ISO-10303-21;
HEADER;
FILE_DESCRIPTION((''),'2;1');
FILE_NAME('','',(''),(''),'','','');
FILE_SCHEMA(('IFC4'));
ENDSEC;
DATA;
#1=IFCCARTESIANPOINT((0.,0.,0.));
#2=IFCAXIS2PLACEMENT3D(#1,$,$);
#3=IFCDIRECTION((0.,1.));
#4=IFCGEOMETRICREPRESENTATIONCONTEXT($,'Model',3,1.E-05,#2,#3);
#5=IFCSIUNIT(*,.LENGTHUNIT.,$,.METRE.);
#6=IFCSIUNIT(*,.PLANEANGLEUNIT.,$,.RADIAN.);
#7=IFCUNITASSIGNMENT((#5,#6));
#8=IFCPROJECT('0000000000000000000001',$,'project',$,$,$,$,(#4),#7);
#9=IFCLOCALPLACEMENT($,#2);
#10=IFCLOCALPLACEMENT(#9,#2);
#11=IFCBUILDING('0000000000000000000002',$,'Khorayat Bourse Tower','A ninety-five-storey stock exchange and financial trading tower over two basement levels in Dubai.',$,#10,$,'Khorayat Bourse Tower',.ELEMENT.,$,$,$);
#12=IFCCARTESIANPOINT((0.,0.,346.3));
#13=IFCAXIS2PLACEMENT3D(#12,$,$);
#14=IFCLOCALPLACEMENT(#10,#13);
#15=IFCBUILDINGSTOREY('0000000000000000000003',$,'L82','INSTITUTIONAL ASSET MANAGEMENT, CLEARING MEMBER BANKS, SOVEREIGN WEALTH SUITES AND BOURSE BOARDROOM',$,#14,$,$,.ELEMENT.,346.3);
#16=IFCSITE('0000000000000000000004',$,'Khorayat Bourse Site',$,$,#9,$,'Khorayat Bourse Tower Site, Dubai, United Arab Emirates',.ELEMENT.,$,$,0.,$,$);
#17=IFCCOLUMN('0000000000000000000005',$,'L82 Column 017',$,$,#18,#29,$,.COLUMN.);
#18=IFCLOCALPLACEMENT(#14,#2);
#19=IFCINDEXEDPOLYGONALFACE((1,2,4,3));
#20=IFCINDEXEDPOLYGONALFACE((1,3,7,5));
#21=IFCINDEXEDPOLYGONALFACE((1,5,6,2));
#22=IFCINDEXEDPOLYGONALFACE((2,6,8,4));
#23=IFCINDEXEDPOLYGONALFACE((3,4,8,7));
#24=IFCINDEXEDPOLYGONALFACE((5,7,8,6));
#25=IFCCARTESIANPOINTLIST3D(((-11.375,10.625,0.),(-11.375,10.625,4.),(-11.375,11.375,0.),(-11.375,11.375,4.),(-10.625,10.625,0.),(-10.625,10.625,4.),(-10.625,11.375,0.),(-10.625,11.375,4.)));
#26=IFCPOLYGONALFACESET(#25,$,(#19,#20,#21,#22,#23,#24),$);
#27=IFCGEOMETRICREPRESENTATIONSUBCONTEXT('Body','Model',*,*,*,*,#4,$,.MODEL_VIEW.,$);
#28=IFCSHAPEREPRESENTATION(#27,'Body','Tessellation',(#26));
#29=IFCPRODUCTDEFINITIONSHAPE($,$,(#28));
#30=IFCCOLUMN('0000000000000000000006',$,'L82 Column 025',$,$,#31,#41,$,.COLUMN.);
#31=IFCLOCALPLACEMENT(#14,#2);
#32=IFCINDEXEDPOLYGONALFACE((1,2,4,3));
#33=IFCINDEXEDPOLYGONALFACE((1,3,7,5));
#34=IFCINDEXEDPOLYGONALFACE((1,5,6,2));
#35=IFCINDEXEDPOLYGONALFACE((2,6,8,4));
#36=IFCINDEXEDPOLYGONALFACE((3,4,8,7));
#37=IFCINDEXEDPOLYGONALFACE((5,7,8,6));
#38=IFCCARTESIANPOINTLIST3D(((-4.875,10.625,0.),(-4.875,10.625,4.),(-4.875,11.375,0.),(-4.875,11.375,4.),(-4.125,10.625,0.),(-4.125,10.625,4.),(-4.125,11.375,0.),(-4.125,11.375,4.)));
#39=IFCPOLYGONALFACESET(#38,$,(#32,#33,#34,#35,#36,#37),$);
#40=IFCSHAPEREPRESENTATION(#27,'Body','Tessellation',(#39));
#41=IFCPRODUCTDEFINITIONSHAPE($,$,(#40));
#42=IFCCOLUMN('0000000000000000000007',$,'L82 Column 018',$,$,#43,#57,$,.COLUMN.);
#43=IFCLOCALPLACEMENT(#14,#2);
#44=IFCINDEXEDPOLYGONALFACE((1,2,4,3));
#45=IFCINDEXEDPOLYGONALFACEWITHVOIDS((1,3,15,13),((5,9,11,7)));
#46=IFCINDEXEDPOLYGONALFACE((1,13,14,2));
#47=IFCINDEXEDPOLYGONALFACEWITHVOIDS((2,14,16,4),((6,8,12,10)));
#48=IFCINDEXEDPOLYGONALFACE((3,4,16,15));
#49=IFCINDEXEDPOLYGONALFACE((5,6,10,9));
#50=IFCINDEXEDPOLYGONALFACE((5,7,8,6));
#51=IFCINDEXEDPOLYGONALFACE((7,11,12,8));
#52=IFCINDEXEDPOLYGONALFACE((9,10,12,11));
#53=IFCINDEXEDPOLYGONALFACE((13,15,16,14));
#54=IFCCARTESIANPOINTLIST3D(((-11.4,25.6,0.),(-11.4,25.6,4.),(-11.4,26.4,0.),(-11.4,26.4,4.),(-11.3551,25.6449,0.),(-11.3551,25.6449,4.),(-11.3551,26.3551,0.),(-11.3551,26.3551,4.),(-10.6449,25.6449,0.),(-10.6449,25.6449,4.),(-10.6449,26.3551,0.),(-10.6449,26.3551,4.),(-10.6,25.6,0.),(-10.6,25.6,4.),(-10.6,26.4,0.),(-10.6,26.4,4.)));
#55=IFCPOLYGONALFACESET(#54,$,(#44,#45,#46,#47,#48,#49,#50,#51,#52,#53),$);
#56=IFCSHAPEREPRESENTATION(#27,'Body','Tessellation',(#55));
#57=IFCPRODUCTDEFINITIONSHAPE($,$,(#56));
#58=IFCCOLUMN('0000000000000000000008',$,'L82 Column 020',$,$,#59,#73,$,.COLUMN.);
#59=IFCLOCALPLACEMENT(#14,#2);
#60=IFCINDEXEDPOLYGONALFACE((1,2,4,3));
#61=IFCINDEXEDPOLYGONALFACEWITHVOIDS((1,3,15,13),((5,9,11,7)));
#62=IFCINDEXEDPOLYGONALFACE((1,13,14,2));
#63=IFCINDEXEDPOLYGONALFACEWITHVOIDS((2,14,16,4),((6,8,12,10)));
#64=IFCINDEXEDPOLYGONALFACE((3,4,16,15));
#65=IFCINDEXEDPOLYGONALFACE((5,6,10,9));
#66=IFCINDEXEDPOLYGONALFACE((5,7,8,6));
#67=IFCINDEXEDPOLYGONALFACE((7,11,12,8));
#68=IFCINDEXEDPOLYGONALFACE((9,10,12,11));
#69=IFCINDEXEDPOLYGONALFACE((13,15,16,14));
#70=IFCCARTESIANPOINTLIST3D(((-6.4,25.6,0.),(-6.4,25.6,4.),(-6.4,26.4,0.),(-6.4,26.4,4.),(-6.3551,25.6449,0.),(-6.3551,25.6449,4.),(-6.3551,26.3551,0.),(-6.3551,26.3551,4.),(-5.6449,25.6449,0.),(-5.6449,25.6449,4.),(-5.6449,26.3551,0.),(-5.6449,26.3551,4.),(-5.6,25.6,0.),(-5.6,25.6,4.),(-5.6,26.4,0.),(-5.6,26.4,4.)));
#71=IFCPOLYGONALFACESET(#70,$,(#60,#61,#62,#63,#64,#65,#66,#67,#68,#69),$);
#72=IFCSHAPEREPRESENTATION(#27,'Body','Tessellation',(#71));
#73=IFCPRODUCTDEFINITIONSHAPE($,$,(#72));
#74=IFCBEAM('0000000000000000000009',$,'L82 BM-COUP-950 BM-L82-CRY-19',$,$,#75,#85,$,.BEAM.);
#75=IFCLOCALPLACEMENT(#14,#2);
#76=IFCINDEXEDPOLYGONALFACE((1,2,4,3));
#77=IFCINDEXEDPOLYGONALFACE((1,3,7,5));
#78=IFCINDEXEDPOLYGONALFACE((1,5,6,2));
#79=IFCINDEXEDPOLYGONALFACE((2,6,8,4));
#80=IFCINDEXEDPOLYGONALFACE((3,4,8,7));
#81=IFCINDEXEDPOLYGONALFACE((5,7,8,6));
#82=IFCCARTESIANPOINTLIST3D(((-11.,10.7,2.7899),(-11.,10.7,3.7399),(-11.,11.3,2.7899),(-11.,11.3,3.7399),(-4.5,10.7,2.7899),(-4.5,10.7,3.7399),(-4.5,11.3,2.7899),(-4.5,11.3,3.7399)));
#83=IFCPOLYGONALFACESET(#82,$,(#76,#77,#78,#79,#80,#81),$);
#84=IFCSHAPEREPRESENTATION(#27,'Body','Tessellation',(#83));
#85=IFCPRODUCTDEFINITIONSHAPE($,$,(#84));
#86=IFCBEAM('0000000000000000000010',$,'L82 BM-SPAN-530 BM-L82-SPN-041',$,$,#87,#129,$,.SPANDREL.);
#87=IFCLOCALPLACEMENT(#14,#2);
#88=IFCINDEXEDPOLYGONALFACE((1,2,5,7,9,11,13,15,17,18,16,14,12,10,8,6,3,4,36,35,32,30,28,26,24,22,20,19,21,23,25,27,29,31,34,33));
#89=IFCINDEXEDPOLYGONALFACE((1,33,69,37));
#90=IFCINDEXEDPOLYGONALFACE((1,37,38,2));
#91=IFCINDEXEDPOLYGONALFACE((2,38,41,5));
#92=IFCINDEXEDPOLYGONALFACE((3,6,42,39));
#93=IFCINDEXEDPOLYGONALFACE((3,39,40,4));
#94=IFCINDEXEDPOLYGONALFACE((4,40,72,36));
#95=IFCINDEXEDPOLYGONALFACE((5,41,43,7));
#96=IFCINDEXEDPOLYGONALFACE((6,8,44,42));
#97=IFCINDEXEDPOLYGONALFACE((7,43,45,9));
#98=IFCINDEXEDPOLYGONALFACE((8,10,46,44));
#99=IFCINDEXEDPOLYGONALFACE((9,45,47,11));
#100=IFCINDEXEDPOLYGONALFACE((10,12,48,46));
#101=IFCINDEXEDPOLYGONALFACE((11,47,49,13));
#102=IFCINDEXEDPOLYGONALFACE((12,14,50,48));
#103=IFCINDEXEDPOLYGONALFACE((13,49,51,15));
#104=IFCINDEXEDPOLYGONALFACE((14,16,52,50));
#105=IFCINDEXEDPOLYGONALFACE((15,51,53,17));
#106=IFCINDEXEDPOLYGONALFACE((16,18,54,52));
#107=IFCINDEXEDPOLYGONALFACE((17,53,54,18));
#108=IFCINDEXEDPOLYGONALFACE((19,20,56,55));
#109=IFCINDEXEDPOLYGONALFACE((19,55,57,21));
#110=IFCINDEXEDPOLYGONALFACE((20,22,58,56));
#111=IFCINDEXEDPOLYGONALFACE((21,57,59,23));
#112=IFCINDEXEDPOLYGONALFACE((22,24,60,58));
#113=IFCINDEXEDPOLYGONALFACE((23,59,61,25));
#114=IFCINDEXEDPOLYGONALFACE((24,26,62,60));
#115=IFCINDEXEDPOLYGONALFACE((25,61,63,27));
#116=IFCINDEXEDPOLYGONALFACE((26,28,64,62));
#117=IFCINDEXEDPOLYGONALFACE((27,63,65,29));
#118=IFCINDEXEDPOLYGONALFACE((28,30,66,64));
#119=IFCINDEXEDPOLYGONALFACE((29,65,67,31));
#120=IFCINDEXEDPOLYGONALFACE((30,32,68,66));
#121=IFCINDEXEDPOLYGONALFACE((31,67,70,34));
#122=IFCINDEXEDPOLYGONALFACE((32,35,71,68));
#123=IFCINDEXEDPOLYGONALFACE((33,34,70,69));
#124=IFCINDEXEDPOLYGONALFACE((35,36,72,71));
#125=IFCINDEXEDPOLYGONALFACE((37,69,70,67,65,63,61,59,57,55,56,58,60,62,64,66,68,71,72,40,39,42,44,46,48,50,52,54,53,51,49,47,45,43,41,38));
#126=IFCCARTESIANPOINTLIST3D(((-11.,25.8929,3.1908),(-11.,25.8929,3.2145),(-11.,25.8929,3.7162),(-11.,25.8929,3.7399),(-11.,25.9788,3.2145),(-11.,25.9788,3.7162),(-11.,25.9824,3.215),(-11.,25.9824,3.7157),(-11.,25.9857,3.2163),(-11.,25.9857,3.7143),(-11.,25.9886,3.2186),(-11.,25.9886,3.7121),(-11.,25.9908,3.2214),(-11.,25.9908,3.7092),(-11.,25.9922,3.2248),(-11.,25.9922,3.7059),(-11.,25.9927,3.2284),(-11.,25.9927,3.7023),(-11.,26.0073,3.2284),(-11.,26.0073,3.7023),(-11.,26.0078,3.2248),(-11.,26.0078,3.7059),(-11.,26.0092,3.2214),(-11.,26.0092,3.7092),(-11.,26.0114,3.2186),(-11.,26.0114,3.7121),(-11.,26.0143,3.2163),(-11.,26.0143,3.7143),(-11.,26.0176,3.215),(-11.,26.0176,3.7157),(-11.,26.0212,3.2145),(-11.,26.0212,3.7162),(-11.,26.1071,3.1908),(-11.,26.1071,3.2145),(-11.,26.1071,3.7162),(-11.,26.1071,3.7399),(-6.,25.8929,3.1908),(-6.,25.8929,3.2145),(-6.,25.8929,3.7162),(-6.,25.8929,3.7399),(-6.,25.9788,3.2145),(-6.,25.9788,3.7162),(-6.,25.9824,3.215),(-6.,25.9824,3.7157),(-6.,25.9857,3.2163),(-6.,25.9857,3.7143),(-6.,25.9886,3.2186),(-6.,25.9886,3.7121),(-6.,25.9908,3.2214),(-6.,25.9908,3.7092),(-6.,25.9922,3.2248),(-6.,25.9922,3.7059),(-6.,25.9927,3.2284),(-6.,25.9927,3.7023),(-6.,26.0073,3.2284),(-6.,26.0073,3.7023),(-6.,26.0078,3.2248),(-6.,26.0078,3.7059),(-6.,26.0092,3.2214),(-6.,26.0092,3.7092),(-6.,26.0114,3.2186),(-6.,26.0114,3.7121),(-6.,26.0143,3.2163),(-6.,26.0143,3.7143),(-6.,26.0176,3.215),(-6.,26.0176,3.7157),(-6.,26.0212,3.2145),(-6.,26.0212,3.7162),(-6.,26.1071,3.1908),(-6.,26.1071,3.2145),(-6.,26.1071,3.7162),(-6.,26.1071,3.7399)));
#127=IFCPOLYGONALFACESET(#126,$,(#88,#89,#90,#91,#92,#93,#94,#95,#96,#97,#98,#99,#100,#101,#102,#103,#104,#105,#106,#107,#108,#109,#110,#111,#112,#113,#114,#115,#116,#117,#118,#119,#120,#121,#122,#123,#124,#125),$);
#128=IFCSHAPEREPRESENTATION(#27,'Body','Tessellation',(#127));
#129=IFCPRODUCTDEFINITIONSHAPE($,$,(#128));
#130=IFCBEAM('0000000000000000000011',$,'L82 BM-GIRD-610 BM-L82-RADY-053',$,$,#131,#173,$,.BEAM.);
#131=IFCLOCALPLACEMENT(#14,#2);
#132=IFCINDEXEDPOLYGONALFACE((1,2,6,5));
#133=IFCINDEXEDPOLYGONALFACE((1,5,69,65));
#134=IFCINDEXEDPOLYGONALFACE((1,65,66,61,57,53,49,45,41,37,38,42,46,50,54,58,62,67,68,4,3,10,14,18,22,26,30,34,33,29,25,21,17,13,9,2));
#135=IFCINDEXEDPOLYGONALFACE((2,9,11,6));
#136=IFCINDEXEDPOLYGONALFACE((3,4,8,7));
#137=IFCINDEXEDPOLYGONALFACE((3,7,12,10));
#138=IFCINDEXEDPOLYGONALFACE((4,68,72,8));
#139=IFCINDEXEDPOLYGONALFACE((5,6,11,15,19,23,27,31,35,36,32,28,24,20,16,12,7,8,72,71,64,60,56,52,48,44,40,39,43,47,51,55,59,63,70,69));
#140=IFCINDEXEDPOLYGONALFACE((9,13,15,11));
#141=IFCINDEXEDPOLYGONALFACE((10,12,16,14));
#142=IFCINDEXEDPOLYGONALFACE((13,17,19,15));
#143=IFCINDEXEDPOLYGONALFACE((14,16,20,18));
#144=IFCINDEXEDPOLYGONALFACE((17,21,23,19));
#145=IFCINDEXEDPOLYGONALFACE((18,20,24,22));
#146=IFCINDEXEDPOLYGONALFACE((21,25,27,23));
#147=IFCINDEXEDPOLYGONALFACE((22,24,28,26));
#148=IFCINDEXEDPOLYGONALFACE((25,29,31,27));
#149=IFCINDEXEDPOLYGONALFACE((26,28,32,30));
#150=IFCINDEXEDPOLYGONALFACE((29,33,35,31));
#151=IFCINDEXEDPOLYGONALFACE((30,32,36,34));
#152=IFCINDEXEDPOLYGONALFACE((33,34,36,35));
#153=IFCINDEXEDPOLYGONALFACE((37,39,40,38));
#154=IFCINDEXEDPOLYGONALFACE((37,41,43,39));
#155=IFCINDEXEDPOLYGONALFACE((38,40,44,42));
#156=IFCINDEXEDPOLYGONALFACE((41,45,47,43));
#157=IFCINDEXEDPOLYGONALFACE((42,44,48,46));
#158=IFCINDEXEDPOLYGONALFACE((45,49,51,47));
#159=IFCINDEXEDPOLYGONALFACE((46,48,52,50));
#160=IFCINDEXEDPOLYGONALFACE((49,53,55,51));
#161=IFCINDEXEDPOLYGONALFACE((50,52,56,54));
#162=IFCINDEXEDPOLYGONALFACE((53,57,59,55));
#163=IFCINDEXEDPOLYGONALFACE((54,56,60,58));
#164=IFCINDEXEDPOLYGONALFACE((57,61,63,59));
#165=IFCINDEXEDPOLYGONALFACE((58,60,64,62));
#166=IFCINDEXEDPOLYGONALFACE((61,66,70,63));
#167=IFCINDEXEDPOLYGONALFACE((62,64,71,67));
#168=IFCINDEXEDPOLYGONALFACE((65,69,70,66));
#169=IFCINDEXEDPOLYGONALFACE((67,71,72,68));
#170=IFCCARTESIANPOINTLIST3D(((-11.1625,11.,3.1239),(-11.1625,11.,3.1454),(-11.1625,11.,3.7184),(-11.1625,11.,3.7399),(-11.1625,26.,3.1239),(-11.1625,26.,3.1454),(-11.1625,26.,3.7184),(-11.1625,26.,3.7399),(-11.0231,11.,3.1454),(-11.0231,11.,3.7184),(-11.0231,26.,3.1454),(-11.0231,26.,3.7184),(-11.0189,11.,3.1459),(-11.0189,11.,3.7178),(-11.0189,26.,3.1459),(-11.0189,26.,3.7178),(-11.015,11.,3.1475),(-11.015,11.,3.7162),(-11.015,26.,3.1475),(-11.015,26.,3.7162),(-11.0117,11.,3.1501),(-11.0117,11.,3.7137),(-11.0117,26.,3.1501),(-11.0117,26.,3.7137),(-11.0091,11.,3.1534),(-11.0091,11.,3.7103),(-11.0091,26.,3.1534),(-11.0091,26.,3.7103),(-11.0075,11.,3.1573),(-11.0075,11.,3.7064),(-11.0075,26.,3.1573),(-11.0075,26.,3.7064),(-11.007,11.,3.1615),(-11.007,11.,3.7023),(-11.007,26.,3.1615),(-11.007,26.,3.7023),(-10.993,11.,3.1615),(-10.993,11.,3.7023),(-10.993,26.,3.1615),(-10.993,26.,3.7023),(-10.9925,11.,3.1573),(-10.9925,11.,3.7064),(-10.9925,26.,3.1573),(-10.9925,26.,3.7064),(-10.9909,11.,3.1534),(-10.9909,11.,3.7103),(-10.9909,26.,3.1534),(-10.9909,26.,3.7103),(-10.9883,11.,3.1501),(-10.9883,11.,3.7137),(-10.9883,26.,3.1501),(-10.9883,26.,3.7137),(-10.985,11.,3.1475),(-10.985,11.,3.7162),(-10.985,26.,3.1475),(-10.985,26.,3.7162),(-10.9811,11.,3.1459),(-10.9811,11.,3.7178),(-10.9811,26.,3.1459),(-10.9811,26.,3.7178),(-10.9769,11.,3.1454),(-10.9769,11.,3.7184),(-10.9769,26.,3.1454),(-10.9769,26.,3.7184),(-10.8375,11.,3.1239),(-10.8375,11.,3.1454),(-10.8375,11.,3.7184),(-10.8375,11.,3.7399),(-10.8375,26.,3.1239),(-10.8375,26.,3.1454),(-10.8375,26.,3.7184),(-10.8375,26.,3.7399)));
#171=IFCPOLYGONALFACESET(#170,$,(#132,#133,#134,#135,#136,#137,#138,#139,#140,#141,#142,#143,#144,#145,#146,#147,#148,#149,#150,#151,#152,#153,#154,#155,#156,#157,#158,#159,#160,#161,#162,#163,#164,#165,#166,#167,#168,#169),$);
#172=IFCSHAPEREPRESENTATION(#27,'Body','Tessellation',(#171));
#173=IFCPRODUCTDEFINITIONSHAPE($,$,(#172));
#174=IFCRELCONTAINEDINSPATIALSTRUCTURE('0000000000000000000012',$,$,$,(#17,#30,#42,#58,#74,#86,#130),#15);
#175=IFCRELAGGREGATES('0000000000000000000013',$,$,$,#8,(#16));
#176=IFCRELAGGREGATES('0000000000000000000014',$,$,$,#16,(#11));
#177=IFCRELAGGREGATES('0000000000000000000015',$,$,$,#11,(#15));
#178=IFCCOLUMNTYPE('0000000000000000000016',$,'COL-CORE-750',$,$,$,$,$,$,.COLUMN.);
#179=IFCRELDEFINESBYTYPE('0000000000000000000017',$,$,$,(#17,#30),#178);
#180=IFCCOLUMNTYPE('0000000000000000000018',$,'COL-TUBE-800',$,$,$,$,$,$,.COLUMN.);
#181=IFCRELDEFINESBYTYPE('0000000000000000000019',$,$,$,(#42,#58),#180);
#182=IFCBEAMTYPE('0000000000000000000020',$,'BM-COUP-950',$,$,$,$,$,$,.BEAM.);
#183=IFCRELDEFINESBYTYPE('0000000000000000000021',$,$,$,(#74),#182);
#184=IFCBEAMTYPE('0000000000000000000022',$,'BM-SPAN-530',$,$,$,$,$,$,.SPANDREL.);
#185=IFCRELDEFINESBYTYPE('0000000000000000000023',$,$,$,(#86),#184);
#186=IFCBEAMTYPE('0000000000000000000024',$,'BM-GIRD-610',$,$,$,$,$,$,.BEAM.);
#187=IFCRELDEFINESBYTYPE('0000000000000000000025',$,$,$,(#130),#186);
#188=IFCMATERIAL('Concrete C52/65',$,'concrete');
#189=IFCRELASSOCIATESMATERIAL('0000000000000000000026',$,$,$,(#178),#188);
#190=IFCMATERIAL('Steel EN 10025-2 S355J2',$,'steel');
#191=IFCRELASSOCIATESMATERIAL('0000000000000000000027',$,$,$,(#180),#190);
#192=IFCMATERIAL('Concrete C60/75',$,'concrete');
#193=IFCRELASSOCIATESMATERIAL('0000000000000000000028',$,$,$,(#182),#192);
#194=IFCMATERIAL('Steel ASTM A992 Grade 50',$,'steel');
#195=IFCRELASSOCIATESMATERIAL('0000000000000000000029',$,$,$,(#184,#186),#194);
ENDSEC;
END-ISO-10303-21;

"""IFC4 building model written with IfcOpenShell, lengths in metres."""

from ifc_helpers import new_model, si_unit, direction, frame, origin, origin_2d, place, context, subcontext, project, spatial, rectangle, hollow_rectangle, i_section, extrude, source, transform, mapped, material, material_profile, profile_set, type_object, element, save


model = new_model("IFC4")

# Units and contexts
model_context = context("Model", 3, precision=1e-05, world=origin(), true_north=direction((0.0, 1.0)))
body_context = subcontext(model_context, "Body", "Model", "MODEL_VIEW")
ifc_project = project(units=[si_unit("LENGTHUNIT", "METRE"), si_unit("PLANEANGLEUNIT", "RADIAN")], contexts=[model_context])

# Site, building, storey
site_placement = place(None, origin())
site = spatial("IfcSite", under=ifc_project, at=site_placement, Name="Khorayat Bourse Site", LongName="Khorayat Bourse Tower Site, Dubai, United Arab Emirates", CompositionType="ELEMENT", RefElevation=0.0)
building_placement = place(site_placement, origin())
building = spatial("IfcBuilding", under=site, at=building_placement, Name="Khorayat Bourse Tower", Description="A ninety-five-storey stock exchange and financial trading tower over two basement levels in Dubai.", LongName="Khorayat Bourse Tower", CompositionType="ELEMENT")
storey_placement = place(building_placement, frame((0.0, 0.0, 346.3)))
storey = spatial("IfcBuildingStorey", under=building, at=storey_placement, Name="L82", Description="INSTITUTIONAL ASSET MANAGEMENT, CLEARING MEMBER BANKS, SOVEREIGN WEALTH SUITES AND BOURSE BOARDROOM", CompositionType="ELEMENT", Elevation=346.3)

# Columns
ifc_material_1 = material(Name="Concrete C52/65", Category="concrete")
ifc_material_profile_1 = material_profile(ifc_material_1, rectangle(XDim=0.75, YDim=0.75, at=origin_2d()), Name="RC 750x750")
ifc_profile_set_1 = profile_set([ifc_material_profile_1], Name="Concrete C52/65")
column_type_1 = type_object("IfcColumnType", Name="COL-CORE-750", PredefinedType="COLUMN", material=ifc_profile_set_1)
shared_shape_1 = source(origin(), body_context, "Body", "SweptSolid", [
    extrude(rectangle(XDim=0.75, YDim=0.75, at=origin_2d()), origin(), (0.0, 0.0, 1.0), 4.0),
])
for number, where, z_axis, x_axis, name in (
    (1, (-11.0, 11.0, 0.0), (0.0, 0.0, 1.0), (1.0, 0.0, 0.0), "L82 Column 017"),
    (2, (-4.5, 11.0, 0.0), (0.0, 0.0, 1.0), (1.0, 0.0, 0.0), "L82 Column 025"),
):
    element("IfcColumn", number, at=place(storey_placement, frame(where, z_axis=z_axis, x_axis=x_axis)), inside=storey, type_object=column_type_1, Name=name, PredefinedType="COLUMN", context=body_context, shape_type="MappedRepresentation", body=[
        mapped(shared_shape_1, transform((0.0, 0.0, 0.0), scale=1.0)),
    ])
ifc_material_2 = material(Name="Steel EN 10025-2 S355J2", Category="steel")
ifc_material_profile_2 = material_profile(ifc_material_2, hollow_rectangle(XDim=0.8, YDim=0.8, WallThickness=0.0449, at=origin_2d()), Name="BOX 800x800x45")
ifc_profile_set_2 = profile_set([ifc_material_profile_2], Name="Steel EN 10025-2 S355J2")
column_type_2 = type_object("IfcColumnType", Name="COL-TUBE-800", PredefinedType="COLUMN", material=ifc_profile_set_2)
shared_shape_2 = source(origin(), body_context, "Body", "SweptSolid", [
    extrude(hollow_rectangle(XDim=0.8, YDim=0.8, WallThickness=0.0449, at=origin_2d()), origin(), (0.0, 0.0, 1.0), 4.0),
])
for number, where, z_axis, x_axis, name in (
    (3, (-11.0, 26.0, 0.0), (0.0, 0.0, 1.0), (1.0, 0.0, 0.0), "L82 Column 018"),
    (4, (-6.0, 26.0, 0.0), (0.0, 0.0, 1.0), (1.0, 0.0, 0.0), "L82 Column 020"),
):
    element("IfcColumn", number, at=place(storey_placement, frame(where, z_axis=z_axis, x_axis=x_axis)), inside=storey, type_object=column_type_2, Name=name, PredefinedType="COLUMN", context=body_context, shape_type="MappedRepresentation", body=[
        mapped(shared_shape_2, transform((0.0, 0.0, 0.0), scale=1.0)),
    ])

# Beams
ifc_material_3 = material(Name="Concrete C60/75", Category="concrete")
ifc_material_profile_3 = material_profile(ifc_material_3, rectangle(XDim=0.6001, YDim=0.95, at=origin_2d()), Name="RC 600x950")
ifc_profile_set_3 = profile_set([ifc_material_profile_3], Name="Concrete C60/75")
beam_type_1 = type_object("IfcBeamType", Name="BM-COUP-950", PredefinedType="BEAM", material=ifc_profile_set_3)
shared_shape_3 = source(origin(), body_context, "Body", "SweptSolid", [
    extrude(rectangle(XDim=0.6001, YDim=0.95, at=origin_2d()), origin(), (0.0, 0.0, 1.0), 6.5),
])
beam_1_placement = place(storey_placement, frame((-11.0, 11.0, 3.2649), z_axis=(1.0, 0.0, 0.0), x_axis=(0.0, 1.0, 0.0)))
element("IfcBeam", 5, at=beam_1_placement, inside=storey, type_object=beam_type_1, Name="L82 BM-COUP-950 BM-L82-CRY-19", PredefinedType="BEAM", context=body_context, shape_type="MappedRepresentation", body=[
    mapped(shared_shape_3, transform((0.0, 0.0, 0.0), scale=1.0)),
])
ifc_material_4 = material(Name="Steel ASTM A992 Grade 50", Category="steel")
ifc_material_profile_4 = material_profile(ifc_material_4, i_section(OverallWidth=0.2141, OverallDepth=0.5491, WebThickness=0.0146, FlangeThickness=0.0237, FilletRadius=0.0139, at=origin_2d()), Name="W530X138")
ifc_profile_set_4 = profile_set([ifc_material_profile_4], Name="Steel ASTM A992 Grade 50")
beam_type_2 = type_object("IfcBeamType", Name="BM-SPAN-530", PredefinedType="SPANDREL", material=ifc_profile_set_4)
shared_shape_4 = source(origin(), body_context, "Body", "SweptSolid", [
    extrude(i_section(OverallWidth=0.2141, OverallDepth=0.5491, WebThickness=0.0146, FlangeThickness=0.0237, FilletRadius=0.0139, at=origin_2d()), origin(), (0.0, 0.0, 1.0), 5.0),
])
beam_2_placement = place(storey_placement, frame((-11.0, 26.0, 3.4653), z_axis=(1.0, 0.0, 0.0), x_axis=(0.0, 1.0, 0.0)))
element("IfcBeam", 6, at=beam_2_placement, inside=storey, type_object=beam_type_2, Name="L82 BM-SPAN-530 BM-L82-SPN-041", PredefinedType="SPANDREL", context=body_context, shape_type="MappedRepresentation", body=[
    mapped(shared_shape_4, transform((0.0, 0.0, 0.0), scale=1.0)),
])
ifc_material_profile_5 = material_profile(ifc_material_4, i_section(OverallWidth=0.325, OverallDepth=0.616, WebThickness=0.0139, FlangeThickness=0.0215, FilletRadius=0.0161, at=origin_2d()), Name="W610X174")
ifc_profile_set_5 = profile_set([ifc_material_profile_5], Name="Steel ASTM A992 Grade 50")
beam_type_3 = type_object("IfcBeamType", Name="BM-GIRD-610", PredefinedType="BEAM", material=ifc_profile_set_5)
shared_shape_5 = source(origin(), body_context, "Body", "SweptSolid", [
    extrude(i_section(OverallWidth=0.325, OverallDepth=0.616, WebThickness=0.0139, FlangeThickness=0.0215, FilletRadius=0.0161, at=origin_2d()), origin(), (0.0, 0.0, 1.0), 15.0),
])
for number, where, z_axis, x_axis, name in (
    (7, (-11.0, 11.0, 3.4319), (0.0, 1.0, 0.0), (-1.0, 0.0, 0.0), "L82 BM-GIRD-610 BM-L82-RADY-053"),
):
    element("IfcBeam", number, at=place(storey_placement, frame(where, z_axis=z_axis, x_axis=x_axis)), inside=storey, type_object=beam_type_3, Name=name, PredefinedType="BEAM", context=body_context, shape_type="MappedRepresentation", body=[
        mapped(shared_shape_5, transform((0.0, 0.0, 0.0), scale=1.0)),
    ])

save(model, "model.ifc")
